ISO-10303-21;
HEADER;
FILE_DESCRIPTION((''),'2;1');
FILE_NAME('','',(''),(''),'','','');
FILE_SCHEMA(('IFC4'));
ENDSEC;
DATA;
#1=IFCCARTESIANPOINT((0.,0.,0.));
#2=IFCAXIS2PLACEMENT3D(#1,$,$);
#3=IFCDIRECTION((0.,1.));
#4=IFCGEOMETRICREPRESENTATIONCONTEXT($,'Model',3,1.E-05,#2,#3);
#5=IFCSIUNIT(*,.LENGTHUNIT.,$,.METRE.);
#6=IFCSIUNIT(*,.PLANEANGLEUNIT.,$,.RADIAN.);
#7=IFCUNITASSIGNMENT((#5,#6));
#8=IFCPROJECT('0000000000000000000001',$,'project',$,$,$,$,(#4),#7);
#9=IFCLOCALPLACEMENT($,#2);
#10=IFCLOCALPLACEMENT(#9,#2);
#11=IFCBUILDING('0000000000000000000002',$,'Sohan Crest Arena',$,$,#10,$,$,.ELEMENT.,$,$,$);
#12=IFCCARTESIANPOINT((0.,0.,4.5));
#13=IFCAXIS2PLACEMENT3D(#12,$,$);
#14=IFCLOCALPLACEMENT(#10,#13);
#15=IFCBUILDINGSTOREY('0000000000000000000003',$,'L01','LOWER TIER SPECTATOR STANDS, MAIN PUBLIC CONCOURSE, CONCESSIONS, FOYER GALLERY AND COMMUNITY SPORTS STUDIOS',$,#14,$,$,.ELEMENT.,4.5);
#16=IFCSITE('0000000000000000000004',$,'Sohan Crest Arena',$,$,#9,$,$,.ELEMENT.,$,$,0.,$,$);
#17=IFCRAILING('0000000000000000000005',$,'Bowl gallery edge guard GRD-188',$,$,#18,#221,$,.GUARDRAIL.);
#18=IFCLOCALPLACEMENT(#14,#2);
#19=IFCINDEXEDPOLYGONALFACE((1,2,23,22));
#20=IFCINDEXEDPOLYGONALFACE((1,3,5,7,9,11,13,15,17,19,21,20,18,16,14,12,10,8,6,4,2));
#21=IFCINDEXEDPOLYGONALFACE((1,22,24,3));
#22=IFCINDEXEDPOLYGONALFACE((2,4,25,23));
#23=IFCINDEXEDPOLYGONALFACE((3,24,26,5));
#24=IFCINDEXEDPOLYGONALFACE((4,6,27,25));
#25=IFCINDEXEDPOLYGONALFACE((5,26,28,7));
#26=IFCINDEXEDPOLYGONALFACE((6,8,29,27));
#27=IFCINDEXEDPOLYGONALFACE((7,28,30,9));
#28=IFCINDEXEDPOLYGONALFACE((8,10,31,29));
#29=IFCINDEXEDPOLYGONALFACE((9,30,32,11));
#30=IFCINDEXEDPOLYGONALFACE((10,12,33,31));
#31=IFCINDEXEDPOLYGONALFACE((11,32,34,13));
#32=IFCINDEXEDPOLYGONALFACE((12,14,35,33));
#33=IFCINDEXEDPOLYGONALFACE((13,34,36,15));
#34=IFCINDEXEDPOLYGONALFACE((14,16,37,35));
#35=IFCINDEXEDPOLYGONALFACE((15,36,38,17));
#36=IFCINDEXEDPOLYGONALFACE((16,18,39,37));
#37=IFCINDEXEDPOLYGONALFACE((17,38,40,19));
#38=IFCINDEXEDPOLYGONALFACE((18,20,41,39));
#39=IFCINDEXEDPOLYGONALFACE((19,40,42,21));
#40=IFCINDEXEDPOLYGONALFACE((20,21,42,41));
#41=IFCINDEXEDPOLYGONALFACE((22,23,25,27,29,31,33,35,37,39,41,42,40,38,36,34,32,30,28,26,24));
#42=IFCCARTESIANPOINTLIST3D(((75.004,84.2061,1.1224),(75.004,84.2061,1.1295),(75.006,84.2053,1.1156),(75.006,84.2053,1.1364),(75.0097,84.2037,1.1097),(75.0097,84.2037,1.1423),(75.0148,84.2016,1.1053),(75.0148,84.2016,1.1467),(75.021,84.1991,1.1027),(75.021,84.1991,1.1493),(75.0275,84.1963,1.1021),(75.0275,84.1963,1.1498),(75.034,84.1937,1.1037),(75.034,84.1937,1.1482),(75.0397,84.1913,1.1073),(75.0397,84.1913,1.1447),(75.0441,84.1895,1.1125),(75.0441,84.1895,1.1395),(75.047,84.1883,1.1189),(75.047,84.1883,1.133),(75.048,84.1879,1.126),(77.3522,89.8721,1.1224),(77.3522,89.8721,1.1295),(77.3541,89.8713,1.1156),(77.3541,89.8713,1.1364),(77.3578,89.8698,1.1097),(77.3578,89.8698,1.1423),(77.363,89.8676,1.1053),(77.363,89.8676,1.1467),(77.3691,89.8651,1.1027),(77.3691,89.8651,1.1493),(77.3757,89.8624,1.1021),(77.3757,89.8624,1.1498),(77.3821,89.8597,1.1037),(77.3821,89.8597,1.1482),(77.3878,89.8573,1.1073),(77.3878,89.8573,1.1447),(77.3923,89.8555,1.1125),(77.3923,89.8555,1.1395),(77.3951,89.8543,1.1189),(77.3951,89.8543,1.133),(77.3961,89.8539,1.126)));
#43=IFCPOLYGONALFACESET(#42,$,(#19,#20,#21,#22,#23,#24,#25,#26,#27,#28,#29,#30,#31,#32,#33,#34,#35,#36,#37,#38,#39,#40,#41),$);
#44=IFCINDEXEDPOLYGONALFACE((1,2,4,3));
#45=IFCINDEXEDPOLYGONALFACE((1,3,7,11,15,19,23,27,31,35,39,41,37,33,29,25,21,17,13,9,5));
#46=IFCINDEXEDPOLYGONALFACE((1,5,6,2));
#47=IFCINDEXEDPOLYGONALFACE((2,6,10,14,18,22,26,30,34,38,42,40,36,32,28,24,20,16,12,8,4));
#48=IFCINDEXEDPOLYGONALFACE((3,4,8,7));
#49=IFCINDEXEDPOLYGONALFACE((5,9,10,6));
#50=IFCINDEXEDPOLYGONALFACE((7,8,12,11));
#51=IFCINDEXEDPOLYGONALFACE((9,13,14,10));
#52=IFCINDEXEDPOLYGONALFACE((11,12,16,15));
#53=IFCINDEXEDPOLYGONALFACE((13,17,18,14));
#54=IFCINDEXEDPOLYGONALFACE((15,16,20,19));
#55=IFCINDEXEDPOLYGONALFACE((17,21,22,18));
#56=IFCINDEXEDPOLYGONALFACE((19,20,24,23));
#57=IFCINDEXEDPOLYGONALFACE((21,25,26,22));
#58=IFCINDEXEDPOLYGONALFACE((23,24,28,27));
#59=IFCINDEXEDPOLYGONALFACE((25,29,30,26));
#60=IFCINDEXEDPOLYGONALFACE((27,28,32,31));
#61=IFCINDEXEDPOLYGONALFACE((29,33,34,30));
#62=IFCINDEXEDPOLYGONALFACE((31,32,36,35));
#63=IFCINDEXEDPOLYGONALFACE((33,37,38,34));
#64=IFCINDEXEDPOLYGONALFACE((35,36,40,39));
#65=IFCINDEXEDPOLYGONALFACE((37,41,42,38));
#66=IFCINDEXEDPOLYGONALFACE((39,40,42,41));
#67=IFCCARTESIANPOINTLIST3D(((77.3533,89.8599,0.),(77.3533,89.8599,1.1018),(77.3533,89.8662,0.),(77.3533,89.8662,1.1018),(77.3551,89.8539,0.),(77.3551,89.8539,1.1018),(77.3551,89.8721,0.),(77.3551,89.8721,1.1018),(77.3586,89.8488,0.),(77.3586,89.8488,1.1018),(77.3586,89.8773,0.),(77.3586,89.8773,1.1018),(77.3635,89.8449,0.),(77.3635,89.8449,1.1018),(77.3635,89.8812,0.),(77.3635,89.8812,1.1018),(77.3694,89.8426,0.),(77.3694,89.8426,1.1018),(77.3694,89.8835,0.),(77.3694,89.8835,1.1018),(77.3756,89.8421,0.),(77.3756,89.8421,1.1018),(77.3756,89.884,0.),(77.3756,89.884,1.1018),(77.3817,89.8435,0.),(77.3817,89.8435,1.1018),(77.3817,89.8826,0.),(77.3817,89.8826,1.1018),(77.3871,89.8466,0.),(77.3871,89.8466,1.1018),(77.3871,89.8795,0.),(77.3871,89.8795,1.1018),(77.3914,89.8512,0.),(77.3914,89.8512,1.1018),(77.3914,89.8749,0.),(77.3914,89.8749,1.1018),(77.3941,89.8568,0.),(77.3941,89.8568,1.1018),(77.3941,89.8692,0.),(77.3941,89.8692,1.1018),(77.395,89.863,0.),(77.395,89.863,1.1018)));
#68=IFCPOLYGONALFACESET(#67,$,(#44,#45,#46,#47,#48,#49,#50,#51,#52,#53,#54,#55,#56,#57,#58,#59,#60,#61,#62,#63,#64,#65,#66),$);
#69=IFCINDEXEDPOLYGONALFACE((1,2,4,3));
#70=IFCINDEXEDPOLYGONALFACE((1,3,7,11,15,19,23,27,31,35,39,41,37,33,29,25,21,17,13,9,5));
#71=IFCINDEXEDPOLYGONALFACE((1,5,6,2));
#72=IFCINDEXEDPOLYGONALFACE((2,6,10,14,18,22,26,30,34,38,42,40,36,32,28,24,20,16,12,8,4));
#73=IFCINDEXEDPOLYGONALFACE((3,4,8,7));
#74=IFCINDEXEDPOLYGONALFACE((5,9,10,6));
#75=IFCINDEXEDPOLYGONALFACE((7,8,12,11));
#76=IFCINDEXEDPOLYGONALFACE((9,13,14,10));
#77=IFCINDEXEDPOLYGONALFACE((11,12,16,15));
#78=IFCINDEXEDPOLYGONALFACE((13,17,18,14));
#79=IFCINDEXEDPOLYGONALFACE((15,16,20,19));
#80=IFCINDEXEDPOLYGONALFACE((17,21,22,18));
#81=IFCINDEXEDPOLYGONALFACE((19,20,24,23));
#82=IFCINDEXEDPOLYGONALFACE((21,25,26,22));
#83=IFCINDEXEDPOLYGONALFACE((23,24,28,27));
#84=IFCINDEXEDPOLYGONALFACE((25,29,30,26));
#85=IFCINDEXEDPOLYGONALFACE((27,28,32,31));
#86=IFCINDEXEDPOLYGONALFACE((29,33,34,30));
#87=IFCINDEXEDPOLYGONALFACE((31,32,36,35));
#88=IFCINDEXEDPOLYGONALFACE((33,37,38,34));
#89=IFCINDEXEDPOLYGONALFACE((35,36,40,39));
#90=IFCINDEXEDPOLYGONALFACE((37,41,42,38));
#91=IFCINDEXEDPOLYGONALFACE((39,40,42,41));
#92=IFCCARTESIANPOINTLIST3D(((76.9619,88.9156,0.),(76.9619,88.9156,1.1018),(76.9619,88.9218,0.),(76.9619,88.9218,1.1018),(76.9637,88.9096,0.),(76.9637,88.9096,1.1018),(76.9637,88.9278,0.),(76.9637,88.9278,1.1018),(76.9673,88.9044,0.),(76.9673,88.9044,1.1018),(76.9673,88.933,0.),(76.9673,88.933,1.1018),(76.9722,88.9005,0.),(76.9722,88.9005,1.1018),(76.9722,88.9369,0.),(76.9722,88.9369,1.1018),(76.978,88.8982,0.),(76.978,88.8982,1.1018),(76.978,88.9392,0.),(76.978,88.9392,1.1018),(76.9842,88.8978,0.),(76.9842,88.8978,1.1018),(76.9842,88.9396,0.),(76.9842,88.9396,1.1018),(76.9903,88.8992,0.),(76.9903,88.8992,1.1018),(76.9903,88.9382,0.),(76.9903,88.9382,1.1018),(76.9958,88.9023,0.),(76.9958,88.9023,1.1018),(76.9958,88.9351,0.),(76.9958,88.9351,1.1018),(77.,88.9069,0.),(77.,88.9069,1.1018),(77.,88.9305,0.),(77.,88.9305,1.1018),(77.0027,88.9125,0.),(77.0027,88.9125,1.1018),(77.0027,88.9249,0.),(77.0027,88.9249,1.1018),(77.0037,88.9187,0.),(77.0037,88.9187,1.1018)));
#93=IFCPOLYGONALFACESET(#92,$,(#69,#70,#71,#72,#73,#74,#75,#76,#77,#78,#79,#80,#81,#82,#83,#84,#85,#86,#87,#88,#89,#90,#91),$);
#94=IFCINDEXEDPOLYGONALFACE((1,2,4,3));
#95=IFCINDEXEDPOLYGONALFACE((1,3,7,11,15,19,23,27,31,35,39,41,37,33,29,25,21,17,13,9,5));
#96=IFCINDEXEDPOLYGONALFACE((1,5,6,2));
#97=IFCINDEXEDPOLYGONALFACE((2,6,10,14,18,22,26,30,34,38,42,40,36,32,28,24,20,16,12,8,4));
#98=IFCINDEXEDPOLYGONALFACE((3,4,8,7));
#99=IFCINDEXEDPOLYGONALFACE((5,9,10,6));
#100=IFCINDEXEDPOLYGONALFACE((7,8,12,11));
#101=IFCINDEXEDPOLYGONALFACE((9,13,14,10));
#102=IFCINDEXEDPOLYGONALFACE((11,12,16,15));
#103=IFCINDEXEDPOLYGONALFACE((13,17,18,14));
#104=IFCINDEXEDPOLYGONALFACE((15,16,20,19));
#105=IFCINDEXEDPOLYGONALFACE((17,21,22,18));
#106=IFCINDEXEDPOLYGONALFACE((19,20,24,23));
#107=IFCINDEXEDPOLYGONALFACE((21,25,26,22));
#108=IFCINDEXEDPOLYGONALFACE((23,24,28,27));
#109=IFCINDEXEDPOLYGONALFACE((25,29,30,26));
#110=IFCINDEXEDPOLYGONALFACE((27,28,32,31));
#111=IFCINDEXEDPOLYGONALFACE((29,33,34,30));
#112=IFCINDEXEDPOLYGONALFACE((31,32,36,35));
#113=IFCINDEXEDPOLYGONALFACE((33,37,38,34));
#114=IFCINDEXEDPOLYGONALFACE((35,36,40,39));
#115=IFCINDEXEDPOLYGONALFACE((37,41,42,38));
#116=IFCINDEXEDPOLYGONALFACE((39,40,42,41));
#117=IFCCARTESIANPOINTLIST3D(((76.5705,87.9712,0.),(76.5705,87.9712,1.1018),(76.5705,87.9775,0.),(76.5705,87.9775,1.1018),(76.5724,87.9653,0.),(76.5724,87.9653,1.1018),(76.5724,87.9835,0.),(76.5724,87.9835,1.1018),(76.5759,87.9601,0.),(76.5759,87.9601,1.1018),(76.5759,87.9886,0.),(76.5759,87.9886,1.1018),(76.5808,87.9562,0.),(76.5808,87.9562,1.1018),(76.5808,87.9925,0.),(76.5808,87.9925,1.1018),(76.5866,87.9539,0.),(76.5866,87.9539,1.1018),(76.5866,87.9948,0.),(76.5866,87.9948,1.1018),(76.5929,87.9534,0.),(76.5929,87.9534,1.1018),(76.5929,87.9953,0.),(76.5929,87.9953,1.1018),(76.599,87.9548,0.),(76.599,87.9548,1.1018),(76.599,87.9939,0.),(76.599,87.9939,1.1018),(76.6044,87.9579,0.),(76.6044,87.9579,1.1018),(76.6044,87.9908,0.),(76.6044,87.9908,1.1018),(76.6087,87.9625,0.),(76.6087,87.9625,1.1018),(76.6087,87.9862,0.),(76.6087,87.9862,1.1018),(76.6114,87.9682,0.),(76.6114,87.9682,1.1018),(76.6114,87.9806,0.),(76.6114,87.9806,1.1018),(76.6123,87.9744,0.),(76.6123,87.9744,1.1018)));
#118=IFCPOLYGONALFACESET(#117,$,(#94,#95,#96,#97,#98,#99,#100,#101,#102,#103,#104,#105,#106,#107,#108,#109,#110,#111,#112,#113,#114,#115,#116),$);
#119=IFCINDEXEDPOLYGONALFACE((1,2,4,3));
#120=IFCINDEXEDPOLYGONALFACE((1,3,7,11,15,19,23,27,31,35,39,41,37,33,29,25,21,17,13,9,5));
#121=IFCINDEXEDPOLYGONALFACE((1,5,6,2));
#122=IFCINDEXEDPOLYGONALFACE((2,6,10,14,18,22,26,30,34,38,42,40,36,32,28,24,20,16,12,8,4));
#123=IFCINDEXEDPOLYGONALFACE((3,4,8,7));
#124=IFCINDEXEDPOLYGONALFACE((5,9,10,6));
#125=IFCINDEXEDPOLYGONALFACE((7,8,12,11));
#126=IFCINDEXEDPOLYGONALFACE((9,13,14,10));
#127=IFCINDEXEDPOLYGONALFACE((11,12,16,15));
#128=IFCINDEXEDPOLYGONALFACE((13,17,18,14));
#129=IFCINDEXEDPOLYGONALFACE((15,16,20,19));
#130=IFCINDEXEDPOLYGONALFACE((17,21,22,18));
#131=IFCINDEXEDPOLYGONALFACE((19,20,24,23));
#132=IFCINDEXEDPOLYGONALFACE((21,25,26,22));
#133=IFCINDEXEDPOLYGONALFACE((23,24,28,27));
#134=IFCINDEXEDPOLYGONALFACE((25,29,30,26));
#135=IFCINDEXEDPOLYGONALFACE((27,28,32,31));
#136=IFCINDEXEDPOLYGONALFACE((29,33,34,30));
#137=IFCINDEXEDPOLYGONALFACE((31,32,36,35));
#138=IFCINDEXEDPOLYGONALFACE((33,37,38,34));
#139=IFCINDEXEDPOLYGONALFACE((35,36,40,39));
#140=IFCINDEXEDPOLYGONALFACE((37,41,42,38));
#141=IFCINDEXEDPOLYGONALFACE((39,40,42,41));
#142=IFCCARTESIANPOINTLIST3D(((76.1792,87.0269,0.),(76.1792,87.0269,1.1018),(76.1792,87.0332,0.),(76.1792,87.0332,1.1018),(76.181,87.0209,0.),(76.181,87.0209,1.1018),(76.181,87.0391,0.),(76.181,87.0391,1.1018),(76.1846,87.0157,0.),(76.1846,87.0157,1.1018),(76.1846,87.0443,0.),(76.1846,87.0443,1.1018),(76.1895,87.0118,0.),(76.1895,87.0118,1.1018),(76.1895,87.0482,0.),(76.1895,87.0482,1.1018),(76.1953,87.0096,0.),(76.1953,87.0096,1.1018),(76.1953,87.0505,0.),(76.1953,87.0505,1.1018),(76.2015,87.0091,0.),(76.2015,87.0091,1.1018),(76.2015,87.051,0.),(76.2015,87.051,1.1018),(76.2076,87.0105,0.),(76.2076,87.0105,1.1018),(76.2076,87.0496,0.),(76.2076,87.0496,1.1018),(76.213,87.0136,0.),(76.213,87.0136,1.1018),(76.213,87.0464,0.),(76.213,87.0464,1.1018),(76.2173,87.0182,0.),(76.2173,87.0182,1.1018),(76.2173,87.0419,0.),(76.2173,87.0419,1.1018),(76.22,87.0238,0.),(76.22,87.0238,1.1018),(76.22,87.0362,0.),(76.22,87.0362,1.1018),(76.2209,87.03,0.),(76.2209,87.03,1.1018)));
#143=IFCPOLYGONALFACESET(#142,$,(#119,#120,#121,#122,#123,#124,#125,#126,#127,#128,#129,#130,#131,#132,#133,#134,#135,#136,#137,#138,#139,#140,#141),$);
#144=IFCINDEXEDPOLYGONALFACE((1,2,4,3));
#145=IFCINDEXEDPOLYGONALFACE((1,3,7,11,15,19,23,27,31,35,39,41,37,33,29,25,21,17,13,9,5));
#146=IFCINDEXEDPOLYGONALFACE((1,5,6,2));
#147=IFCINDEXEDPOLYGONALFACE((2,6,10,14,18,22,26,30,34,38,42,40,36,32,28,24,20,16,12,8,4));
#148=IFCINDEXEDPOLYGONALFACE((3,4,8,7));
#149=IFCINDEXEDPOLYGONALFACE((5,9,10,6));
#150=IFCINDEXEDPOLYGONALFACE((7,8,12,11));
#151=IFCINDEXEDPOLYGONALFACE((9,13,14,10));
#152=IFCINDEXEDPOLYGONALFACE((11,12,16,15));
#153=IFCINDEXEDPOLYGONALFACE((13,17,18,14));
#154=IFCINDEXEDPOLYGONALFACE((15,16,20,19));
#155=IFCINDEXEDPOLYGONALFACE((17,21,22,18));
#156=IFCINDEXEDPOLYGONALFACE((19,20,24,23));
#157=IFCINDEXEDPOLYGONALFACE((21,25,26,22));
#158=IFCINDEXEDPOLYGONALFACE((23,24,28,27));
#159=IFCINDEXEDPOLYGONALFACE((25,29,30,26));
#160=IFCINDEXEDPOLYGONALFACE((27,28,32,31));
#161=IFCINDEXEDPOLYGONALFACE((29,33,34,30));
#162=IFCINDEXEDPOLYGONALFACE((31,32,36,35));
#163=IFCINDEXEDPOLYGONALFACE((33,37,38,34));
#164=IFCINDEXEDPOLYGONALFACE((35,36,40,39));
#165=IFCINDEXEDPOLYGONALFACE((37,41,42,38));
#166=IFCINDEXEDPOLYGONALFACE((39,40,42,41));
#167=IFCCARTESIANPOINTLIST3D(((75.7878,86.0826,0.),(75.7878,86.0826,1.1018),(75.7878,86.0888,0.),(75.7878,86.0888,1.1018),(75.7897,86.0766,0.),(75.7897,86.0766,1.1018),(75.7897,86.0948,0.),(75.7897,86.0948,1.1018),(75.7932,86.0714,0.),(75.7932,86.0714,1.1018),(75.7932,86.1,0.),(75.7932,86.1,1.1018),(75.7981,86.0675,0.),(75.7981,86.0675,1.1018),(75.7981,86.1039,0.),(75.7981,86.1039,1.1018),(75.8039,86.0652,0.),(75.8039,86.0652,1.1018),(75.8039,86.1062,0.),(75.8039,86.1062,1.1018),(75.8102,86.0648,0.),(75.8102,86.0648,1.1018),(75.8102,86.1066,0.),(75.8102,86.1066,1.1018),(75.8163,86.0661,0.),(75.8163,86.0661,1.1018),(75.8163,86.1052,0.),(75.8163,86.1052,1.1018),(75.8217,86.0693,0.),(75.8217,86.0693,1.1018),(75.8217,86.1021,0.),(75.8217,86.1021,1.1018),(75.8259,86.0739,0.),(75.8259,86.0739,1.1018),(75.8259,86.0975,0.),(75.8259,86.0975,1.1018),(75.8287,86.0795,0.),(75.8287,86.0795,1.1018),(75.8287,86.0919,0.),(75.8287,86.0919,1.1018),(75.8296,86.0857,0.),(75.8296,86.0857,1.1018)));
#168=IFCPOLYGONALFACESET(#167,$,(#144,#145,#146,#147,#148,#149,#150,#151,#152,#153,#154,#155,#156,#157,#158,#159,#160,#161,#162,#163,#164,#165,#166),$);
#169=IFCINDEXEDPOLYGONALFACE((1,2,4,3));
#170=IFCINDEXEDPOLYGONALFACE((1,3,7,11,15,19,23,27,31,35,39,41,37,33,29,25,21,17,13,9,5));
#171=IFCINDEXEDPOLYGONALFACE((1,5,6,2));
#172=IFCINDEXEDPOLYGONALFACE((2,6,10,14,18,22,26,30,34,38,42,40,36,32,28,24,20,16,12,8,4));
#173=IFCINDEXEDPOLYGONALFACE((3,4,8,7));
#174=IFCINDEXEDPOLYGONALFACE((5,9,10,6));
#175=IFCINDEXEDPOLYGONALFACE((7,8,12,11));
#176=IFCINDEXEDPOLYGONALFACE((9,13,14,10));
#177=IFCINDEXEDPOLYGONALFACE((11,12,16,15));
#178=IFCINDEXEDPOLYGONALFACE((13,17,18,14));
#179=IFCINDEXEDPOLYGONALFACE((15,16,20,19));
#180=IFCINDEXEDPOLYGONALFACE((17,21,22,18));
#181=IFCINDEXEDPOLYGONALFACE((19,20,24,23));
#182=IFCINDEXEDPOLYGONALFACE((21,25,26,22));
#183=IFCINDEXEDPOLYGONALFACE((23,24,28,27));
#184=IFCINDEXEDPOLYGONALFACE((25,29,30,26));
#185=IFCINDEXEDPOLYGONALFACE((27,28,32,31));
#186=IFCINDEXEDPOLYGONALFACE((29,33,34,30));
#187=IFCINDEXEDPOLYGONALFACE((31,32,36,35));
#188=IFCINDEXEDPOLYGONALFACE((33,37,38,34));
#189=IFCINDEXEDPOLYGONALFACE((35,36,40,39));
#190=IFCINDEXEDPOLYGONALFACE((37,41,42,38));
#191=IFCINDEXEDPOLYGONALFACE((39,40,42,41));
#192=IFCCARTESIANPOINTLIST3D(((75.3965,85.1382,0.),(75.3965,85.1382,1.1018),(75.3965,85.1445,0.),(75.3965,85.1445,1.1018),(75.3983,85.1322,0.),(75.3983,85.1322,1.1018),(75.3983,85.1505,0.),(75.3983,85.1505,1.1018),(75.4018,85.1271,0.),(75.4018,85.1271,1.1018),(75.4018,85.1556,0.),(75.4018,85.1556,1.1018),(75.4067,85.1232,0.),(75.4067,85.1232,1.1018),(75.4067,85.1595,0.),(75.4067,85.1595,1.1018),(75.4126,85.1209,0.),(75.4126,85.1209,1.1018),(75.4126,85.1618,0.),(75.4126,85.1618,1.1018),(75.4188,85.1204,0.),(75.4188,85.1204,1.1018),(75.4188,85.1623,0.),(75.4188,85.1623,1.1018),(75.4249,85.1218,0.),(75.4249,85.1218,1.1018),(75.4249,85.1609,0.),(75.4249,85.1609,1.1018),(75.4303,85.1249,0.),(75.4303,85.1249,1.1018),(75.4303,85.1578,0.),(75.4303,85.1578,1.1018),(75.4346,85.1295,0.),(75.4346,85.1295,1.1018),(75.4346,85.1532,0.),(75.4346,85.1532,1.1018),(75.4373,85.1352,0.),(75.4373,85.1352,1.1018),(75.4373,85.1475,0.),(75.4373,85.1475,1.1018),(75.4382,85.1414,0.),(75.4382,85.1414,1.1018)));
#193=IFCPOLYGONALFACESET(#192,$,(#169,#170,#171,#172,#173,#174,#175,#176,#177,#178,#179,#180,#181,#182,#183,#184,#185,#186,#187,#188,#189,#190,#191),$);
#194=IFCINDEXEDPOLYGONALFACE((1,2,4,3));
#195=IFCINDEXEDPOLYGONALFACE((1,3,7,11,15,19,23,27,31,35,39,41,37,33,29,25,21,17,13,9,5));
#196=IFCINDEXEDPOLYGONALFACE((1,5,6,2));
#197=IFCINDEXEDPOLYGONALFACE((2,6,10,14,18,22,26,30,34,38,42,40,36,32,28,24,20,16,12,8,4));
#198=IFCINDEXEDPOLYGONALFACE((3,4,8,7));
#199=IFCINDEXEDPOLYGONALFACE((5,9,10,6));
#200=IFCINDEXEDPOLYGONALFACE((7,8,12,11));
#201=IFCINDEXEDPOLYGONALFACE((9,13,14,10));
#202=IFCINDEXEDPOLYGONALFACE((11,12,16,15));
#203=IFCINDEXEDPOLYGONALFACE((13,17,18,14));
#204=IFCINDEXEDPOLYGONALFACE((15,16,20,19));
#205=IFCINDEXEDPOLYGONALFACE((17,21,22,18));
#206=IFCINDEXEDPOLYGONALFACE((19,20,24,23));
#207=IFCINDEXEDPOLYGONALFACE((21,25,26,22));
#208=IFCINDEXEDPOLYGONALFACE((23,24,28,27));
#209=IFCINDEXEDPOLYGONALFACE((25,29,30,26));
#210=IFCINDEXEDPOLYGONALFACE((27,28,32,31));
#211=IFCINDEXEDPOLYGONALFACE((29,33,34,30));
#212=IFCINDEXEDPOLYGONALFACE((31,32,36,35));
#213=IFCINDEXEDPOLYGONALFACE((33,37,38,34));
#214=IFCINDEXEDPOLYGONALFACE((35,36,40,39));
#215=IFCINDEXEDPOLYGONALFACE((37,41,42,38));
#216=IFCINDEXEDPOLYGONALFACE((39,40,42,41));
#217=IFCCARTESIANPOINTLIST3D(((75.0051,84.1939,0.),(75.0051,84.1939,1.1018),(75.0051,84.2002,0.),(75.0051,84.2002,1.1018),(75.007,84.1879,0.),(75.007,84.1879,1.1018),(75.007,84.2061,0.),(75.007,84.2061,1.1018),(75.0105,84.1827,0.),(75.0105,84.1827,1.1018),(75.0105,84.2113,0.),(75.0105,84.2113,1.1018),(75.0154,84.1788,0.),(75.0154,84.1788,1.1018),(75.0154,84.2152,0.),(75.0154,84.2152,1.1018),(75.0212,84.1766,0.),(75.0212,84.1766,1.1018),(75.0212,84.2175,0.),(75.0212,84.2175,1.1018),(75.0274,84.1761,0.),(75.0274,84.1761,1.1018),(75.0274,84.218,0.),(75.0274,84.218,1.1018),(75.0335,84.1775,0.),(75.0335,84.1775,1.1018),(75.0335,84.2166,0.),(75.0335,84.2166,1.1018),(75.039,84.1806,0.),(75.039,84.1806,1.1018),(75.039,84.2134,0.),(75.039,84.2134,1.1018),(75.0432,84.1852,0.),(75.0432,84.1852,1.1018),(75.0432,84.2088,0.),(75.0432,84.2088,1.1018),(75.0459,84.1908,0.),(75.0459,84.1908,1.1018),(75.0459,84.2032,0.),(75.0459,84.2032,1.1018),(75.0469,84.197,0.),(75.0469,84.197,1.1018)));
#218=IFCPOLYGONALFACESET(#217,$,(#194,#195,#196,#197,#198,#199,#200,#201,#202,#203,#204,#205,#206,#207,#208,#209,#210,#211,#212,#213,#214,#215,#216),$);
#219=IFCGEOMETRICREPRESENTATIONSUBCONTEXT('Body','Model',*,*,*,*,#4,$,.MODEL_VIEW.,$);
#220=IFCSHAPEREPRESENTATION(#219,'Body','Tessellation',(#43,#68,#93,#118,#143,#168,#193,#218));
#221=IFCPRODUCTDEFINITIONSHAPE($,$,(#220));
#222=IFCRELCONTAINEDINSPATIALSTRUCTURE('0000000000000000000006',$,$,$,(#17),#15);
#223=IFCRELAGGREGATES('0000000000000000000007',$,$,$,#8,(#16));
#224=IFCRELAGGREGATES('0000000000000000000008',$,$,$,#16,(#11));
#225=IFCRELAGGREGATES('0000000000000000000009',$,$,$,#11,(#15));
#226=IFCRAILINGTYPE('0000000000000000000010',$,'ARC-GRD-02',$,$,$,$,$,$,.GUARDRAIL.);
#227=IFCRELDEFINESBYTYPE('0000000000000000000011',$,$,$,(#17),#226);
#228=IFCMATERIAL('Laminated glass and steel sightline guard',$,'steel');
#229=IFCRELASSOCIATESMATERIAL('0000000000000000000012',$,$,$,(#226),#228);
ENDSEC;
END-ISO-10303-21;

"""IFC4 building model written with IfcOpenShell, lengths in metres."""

from ifc_helpers import new_model, si_unit, direction, frame, origin, origin_2d, place, context, subcontext, project, spatial, circle, extrude, material, type_object, element, save


model = new_model("IFC4")

# Units and contexts
model_context = context("Model", 3, precision=1e-05, world=origin(), true_north=direction((0.0, 1.0)))
body_context = subcontext(model_context, "Body", "Model", "MODEL_VIEW")
ifc_project = project(units=[si_unit("LENGTHUNIT", "METRE"), si_unit("PLANEANGLEUNIT", "RADIAN")], contexts=[model_context])

# Site, building, storey
site_placement = place(None, origin())
site = spatial("IfcSite", under=ifc_project, at=site_placement, Name="Sohan Crest Arena", CompositionType="ELEMENT", RefElevation=0.0)
building_placement = place(site_placement, origin())
building = spatial("IfcBuilding", under=site, at=building_placement, Name="Sohan Crest Arena", CompositionType="ELEMENT")
storey_placement = place(building_placement, frame((0.0, 0.0, 4.5)))
storey = spatial("IfcBuildingStorey", under=building, at=storey_placement, Name="L01", Description="LOWER TIER SPECTATOR STANDS, MAIN PUBLIC CONCOURSE, CONCESSIONS, FOYER GALLERY AND COMMUNITY SPORTS STUDIOS", CompositionType="ELEMENT", Elevation=4.5)

# Railing
ifc_material_1 = material(Name="Laminated glass and steel sightline guard", Category="steel")
railing_type = type_object("IfcRailingType", Name="ARC-GRD-02", PredefinedType="GUARDRAIL", material=ifc_material_1)
railing_1_placement = place(storey_placement, frame((77.374, 89.863, 0.0)))
element("IfcRailing", 1, at=railing_1_placement, inside=storey, type_object=railing_type, Name="Bowl gallery edge guard GRD-188", PredefinedType="GUARDRAIL", context=body_context, shape_type="SweptSolid", body=[
    extrude(circle(Radius=0.0239, at=origin_2d()), frame((0.0, 0.0, 1.126), z_axis=(-0.382851, -0.92381, 0.0), x_axis=(0.92381, -0.382851, 0.0)), (0.0, 0.0, 1.0), 6.1333),
    extrude(circle(Radius=0.021, at=origin_2d()), origin(), (0.0, 0.0, 1.0), 1.1018),
    extrude(circle(Radius=0.021, at=origin_2d()), frame((-0.3914, -0.9443, 0.0)), (0.0, 0.0, 1.0), 1.1018),
    extrude(circle(Radius=0.021, at=origin_2d()), frame((-0.7827, -1.8887, 0.0)), (0.0, 0.0, 1.0), 1.1018),
    extrude(circle(Radius=0.021, at=origin_2d()), frame((-1.1741, -2.833, 0.0)), (0.0, 0.0, 1.0), 1.1018),
    extrude(circle(Radius=0.021, at=origin_2d()), frame((-1.5654, -3.7773, 0.0)), (0.0, 0.0, 1.0), 1.1018),
    extrude(circle(Radius=0.021, at=origin_2d()), frame((-1.9568, -4.7217, 0.0)), (0.0, 0.0, 1.0), 1.1018),
    extrude(circle(Radius=0.021, at=origin_2d()), frame((-2.3481, -5.666, 0.0)), (0.0, 0.0, 1.0), 1.1018),
])

save(model, "model.ifc")
